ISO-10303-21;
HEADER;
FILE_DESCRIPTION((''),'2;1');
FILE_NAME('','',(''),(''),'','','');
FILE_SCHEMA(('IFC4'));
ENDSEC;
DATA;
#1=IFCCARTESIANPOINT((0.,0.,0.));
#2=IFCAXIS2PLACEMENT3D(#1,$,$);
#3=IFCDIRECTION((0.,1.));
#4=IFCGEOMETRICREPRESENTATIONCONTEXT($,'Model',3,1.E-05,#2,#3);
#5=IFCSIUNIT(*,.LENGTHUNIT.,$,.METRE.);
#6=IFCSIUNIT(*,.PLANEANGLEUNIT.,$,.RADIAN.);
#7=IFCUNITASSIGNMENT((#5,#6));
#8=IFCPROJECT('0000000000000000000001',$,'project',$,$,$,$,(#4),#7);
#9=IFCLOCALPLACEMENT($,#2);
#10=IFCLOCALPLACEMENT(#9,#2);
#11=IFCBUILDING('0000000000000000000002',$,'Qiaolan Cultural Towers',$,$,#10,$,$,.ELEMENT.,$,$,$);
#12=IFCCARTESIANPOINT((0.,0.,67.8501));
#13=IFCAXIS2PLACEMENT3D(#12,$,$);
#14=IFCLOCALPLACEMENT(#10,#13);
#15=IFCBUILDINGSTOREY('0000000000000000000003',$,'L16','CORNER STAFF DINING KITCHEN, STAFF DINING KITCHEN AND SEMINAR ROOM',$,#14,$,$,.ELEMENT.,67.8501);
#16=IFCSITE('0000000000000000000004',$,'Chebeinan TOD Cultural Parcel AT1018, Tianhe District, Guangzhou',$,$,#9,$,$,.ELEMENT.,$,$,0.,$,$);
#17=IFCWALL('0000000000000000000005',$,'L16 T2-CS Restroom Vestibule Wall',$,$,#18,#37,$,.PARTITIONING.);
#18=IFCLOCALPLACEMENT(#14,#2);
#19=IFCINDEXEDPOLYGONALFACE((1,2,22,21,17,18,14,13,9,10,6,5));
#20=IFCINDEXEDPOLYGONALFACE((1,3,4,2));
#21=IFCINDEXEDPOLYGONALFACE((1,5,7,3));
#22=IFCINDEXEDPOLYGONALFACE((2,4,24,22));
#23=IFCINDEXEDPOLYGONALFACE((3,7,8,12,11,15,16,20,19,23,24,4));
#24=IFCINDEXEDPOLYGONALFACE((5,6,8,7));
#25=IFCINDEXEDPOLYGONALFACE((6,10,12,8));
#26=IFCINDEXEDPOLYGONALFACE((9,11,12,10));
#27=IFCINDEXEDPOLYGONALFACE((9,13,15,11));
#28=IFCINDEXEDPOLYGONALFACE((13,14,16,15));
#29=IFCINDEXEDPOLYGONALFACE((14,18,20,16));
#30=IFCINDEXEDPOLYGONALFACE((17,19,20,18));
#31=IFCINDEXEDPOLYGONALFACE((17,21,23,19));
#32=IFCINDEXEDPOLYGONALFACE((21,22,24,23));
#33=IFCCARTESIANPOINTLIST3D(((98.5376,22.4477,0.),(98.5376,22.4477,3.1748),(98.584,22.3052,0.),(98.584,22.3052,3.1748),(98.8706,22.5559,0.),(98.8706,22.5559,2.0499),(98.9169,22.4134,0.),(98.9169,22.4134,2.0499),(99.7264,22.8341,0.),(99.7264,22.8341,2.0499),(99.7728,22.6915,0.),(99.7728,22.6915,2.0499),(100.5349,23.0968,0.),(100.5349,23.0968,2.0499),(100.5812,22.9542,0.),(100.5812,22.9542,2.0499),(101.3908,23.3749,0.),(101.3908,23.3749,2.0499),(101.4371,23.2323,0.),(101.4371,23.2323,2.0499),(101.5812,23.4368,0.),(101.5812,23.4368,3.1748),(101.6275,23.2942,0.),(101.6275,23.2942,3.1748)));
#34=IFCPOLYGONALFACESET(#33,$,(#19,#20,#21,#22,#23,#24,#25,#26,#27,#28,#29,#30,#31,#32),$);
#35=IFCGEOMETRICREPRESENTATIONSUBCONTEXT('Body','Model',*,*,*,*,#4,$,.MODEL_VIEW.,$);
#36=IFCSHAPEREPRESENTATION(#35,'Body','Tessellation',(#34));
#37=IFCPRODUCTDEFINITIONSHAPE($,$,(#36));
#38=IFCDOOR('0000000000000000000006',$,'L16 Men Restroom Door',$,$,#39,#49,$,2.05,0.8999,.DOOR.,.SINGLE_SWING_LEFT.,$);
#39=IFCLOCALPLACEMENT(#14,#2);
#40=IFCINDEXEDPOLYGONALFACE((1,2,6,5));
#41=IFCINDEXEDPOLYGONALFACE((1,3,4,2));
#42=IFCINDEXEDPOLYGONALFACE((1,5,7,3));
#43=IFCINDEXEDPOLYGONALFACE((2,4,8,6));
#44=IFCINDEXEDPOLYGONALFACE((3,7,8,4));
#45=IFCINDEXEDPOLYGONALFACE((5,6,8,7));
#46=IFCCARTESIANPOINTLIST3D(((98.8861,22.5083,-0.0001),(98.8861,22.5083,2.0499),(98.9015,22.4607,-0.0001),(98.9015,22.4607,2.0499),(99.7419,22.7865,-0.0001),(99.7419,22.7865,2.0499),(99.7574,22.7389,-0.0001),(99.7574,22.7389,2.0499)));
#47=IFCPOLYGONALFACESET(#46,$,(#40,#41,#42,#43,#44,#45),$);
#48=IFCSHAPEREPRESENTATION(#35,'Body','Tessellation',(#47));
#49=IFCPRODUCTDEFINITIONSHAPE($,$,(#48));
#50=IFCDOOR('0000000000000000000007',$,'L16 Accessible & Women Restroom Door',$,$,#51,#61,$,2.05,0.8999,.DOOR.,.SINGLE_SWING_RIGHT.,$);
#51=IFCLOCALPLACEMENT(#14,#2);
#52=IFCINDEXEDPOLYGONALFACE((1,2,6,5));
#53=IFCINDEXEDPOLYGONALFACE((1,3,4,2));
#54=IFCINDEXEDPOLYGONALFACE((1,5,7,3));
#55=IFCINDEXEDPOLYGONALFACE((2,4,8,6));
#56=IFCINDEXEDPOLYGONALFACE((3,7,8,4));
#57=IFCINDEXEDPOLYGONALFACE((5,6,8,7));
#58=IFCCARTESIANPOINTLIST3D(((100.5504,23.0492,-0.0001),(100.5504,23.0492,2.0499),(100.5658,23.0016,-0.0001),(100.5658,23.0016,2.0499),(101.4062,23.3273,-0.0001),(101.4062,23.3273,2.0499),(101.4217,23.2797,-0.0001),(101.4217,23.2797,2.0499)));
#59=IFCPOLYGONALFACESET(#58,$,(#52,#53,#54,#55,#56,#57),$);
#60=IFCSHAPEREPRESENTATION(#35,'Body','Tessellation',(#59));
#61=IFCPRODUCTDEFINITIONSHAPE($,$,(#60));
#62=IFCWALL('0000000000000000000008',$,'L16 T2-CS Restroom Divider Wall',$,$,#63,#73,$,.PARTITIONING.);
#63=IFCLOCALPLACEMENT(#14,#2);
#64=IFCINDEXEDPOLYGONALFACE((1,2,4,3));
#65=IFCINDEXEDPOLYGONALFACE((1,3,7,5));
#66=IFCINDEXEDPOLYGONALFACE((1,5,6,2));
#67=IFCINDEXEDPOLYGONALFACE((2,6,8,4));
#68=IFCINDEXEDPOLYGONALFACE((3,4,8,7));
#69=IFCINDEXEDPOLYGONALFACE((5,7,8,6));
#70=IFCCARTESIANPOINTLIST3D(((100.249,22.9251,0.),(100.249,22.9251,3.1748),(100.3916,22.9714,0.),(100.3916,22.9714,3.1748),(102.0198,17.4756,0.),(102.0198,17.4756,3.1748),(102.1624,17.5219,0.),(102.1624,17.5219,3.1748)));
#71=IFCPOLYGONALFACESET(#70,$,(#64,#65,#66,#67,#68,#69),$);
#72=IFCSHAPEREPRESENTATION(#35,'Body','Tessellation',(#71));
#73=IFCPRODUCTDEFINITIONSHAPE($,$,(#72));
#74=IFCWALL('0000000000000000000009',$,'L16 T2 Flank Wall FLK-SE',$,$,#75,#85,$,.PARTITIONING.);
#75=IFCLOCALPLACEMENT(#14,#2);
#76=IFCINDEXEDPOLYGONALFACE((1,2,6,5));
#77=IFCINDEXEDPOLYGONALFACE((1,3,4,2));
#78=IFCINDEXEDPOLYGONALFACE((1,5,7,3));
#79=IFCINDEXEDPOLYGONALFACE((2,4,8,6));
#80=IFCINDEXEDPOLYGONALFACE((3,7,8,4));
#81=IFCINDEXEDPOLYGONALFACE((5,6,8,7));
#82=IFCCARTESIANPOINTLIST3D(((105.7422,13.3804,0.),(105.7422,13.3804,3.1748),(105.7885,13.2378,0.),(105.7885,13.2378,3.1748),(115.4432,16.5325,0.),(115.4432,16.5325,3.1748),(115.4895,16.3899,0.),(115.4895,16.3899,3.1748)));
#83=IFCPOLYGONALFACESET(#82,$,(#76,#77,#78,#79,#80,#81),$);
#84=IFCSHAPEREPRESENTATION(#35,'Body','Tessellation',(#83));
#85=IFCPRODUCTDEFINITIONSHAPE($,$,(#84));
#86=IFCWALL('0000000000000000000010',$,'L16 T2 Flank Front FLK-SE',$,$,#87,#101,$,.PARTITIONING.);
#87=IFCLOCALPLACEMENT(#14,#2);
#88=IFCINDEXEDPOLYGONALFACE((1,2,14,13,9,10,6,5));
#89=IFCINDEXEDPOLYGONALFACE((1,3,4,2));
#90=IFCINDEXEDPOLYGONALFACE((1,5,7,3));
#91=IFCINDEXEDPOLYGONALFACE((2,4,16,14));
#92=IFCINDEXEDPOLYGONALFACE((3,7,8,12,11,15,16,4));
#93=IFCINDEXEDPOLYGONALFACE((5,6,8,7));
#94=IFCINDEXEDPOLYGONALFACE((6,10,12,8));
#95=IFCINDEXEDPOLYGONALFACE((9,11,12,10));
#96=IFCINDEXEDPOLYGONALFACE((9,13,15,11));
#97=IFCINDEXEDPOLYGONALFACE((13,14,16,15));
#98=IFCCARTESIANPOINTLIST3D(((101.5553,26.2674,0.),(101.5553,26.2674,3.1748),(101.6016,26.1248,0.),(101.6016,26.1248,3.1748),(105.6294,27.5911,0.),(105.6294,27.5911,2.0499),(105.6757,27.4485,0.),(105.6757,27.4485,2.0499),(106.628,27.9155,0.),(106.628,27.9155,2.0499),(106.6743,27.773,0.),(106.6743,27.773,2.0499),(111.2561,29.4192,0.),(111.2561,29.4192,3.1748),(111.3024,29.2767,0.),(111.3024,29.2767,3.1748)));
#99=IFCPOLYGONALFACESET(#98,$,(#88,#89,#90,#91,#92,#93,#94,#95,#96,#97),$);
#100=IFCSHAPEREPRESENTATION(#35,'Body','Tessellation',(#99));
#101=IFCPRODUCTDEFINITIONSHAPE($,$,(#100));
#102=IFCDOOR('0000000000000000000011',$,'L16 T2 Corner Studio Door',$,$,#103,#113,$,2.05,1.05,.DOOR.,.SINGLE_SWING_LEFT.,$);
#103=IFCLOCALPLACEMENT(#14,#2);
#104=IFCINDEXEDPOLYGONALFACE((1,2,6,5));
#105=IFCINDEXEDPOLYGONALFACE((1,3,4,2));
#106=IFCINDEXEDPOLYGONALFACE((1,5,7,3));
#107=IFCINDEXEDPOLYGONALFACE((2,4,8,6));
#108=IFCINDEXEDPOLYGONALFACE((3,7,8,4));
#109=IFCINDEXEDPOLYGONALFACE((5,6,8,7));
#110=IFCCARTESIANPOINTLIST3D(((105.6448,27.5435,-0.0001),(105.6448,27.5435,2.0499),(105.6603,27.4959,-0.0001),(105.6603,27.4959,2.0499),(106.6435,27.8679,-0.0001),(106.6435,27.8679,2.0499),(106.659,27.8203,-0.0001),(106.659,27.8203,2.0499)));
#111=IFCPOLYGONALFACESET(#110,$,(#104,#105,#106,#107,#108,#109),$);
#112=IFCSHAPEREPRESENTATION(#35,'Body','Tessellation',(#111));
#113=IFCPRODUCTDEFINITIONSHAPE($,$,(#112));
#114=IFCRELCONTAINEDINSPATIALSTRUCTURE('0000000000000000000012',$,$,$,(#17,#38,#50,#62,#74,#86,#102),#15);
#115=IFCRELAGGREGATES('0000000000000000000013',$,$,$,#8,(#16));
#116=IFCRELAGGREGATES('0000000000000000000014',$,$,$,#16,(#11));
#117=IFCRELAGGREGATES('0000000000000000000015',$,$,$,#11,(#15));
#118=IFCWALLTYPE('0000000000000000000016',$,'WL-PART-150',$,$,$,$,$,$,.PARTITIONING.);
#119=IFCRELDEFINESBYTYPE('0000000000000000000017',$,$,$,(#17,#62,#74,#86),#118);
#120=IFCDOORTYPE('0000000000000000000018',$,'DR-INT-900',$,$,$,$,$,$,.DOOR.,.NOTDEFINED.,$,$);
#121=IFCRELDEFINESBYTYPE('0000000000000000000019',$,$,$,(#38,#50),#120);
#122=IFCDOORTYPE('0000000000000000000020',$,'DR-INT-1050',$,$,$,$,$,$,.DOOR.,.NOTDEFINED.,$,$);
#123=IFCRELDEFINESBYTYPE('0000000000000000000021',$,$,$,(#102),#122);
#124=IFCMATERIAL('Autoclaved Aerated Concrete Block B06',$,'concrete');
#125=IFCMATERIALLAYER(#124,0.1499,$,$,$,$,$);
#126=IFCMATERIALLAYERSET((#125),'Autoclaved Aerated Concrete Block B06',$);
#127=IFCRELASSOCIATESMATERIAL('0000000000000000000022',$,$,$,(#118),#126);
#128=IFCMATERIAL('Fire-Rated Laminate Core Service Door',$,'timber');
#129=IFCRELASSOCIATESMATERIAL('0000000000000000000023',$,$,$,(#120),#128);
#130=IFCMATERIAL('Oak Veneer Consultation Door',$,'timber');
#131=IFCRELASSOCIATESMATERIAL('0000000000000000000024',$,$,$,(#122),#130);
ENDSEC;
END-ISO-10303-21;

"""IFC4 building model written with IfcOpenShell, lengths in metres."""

from ifc_helpers import new_model, si_unit, direction, frame, frame_2d, origin, place, context, subcontext, project, spatial, rectangle, extrude, material, layer, layer_set, type_object, element, fill, save


model = new_model("IFC4")

# Units and contexts
model_context = context("Model", 3, precision=1e-05, world=origin(), true_north=direction((0.0, 1.0)))
body_context = subcontext(model_context, "Body", "Model", "MODEL_VIEW")
ifc_project = project(units=[si_unit("LENGTHUNIT", "METRE"), si_unit("PLANEANGLEUNIT", "RADIAN")], contexts=[model_context])

# Site, building, storey
site_placement = place(None, origin())
site = spatial("IfcSite", under=ifc_project, at=site_placement, Name="Chebeinan TOD Cultural Parcel AT1018, Tianhe District, Guangzhou", CompositionType="ELEMENT", RefElevation=0.0)
building_placement = place(site_placement, origin())
building = spatial("IfcBuilding", under=site, at=building_placement, Name="Qiaolan Cultural Towers", CompositionType="ELEMENT")
storey_placement = place(building_placement, frame((0.0, 0.0, 67.8501)))
storey = spatial("IfcBuildingStorey", under=building, at=storey_placement, Name="L16", Description="CORNER STAFF DINING KITCHEN, STAFF DINING KITCHEN AND SEMINAR ROOM", CompositionType="ELEMENT", Elevation=67.8501)

# Shared definitions
ifc_material_1 = material(Name="Autoclaved Aerated Concrete Block B06", Category="concrete")
ifc_layer_1 = layer(ifc_material_1, 0.1499)
ifc_layer_set_1 = layer_set([ifc_layer_1], Name="Autoclaved Aerated Concrete Block B06")
wall_type_1 = type_object("IfcWallType", Name="WL-PART-150", PredefinedType="PARTITIONING", material=ifc_layer_set_1)

# Wall, openings, doors
wall_1_placement = place(storey_placement, frame((98.5608, 22.3765, 0.0), z_axis=(0.0, 0.0, 1.0), x_axis=(0.951044, 0.309055, 0.0)))
wall_1 = element("IfcWall", 1, at=wall_1_placement, inside=storey, type_object=wall_type_1, Name="L16 T2-CS Restroom Vestibule Wall", PredefinedType="PARTITIONING", context=body_context, shape_type="SweptSolid", body=[
    extrude(rectangle(XDim=3.2002, YDim=0.1499, at=frame_2d((1.6001, 0.0))), origin(), (0.0, 0.0, 1.0), 3.1748),
])
opening_1_placement = place(wall_1_placement, frame((0.3501, 0.0, 0.0)))
opening_1 = element("IfcOpeningElement", 2, at=opening_1_placement, cuts=wall_1, PredefinedType="OPENING", context=body_context, shape_type="SweptSolid", body=[
    extrude(rectangle(XDim=0.8999, YDim=2.05, at=frame_2d((0.45, 1.0249))), frame((0.0, 0.085, 0.0), z_axis=(0.0, -1.0, 0.0), x_axis=(1.0, 0.0, 0.0)), (0.0, 0.0, 1.0), 0.1699),
])
opening_2_placement = place(wall_1_placement, frame((2.1001, 0.0, 0.0)))
opening_2 = element("IfcOpeningElement", 3, at=opening_2_placement, cuts=wall_1, PredefinedType="OPENING", context=body_context, shape_type="SweptSolid", body=[
    extrude(rectangle(XDim=0.8999, YDim=2.05, at=frame_2d((0.45, 1.0249))), frame((0.0, 0.085, 0.0), z_axis=(0.0, -1.0, 0.0), x_axis=(1.0, 0.0, 0.0)), (0.0, 0.0, 1.0), 0.1699),
])
ifc_material_2 = material(Name="Fire-Rated Laminate Core Service Door", Category="timber")
door_type_1 = type_object("IfcDoorType", Name="DR-INT-900", OperationType="NOTDEFINED", PredefinedType="DOOR", material=ifc_material_2)
door_1_placement = place(opening_1_placement, origin())
door_1 = element("IfcDoor", 4, at=door_1_placement, inside=storey, type_object=door_type_1, Name="L16 Men Restroom Door", OperationType="SINGLE_SWING_LEFT", OverallHeight=2.05, OverallWidth=0.8999, PredefinedType="DOOR", context=body_context, shape_type="SweptSolid", body=[
    extrude(rectangle(XDim=0.8999, YDim=2.05, at=frame_2d((0.45, 1.0249))), frame((0.0, 0.0249, 0.0), z_axis=(0.0, -1.0, 0.0), x_axis=(1.0, 0.0, 0.0)), (0.0, 0.0, 1.0), 0.05),
])
fill(opening_1, door_1)
door_2_placement = place(opening_2_placement, origin())
door_2 = element("IfcDoor", 5, at=door_2_placement, inside=storey, type_object=door_type_1, Name="L16 Accessible & Women Restroom Door", OperationType="SINGLE_SWING_RIGHT", OverallHeight=2.05, OverallWidth=0.8999, PredefinedType="DOOR", context=body_context, shape_type="SweptSolid", body=[
    extrude(rectangle(XDim=0.8999, YDim=2.05, at=frame_2d((0.45, 1.0249))), frame((0.0, 0.0249, 0.0), z_axis=(0.0, -1.0, 0.0), x_axis=(1.0, 0.0, 0.0)), (0.0, 0.0, 1.0), 0.05),
])
fill(opening_2, door_2)

# Walls
wall_2_placement = place(storey_placement, frame((100.3203, 22.9482, 0.0), z_axis=(0.0, 0.0, 1.0), x_axis=(0.309035, -0.951051, 0.0)))
element("IfcWall", 6, at=wall_2_placement, inside=storey, type_object=wall_type_1, Name="L16 T2-CS Restroom Divider Wall", PredefinedType="PARTITIONING", context=body_context, shape_type="SweptSolid", body=[
    extrude(rectangle(XDim=5.73, YDim=0.1499, at=frame_2d((2.865, 0.0))), origin(), (0.0, 0.0, 1.0), 3.1748),
])
wall_3_placement = place(storey_placement, frame((105.7654, 13.3091, 0.0), z_axis=(0.0, 0.0, 1.0), x_axis=(0.951054, 0.309024, 0.0)))
element("IfcWall", 7, at=wall_3_placement, inside=storey, type_object=wall_type_1, Name="L16 T2 Flank Wall FLK-SE", PredefinedType="PARTITIONING", context=body_context, shape_type="SweptSolid", body=[
    extrude(rectangle(XDim=10.2002, YDim=0.1499, at=frame_2d((5.1001, 0.0))), origin(), (0.0, 0.0, 1.0), 3.1748),
])

# Wall, opening, door
wall_4_placement = place(storey_placement, frame((101.5784, 26.196, 0.0), z_axis=(0.0, 0.0, 1.0), x_axis=(0.951059, 0.309009, 0.0)))
wall_4 = element("IfcWall", 8, at=wall_4_placement, inside=storey, type_object=wall_type_1, Name="L16 T2 Flank Front FLK-SE", PredefinedType="PARTITIONING", context=body_context, shape_type="SweptSolid", body=[
    extrude(rectangle(XDim=10.2, YDim=0.1499, at=frame_2d((5.1001, 0.0))), origin(), (0.0, 0.0, 1.0), 3.1748),
])
opening_3_placement = place(wall_4_placement, frame((4.2839, 0.0, 0.0)))
opening_3 = element("IfcOpeningElement", 9, at=opening_3_placement, cuts=wall_4, PredefinedType="OPENING", context=body_context, shape_type="SweptSolid", body=[
    extrude(rectangle(XDim=1.05, YDim=2.05, at=frame_2d((0.5249, 1.0249))), frame((0.0, 0.085, 0.0), z_axis=(0.0, -1.0, 0.0), x_axis=(1.0, 0.0, 0.0)), (0.0, 0.0, 1.0), 0.1699),
])
ifc_material_3 = material(Name="Oak Veneer Consultation Door", Category="timber")
door_type_2 = type_object("IfcDoorType", Name="DR-INT-1050", OperationType="NOTDEFINED", PredefinedType="DOOR", material=ifc_material_3)
door_3_placement = place(opening_3_placement, origin())
door_3 = element("IfcDoor", 10, at=door_3_placement, inside=storey, type_object=door_type_2, Name="L16 T2 Corner Studio Door", OperationType="SINGLE_SWING_LEFT", OverallHeight=2.05, OverallWidth=1.05, PredefinedType="DOOR", context=body_context, shape_type="SweptSolid", body=[
    extrude(rectangle(XDim=1.05, YDim=2.05, at=frame_2d((0.5249, 1.0249))), frame((0.0, 0.0249, 0.0), z_axis=(0.0, -1.0, 0.0), x_axis=(1.0, 0.0, 0.0)), (0.0, 0.0, 1.0), 0.05),
])
fill(opening_3, door_3)

save(model, "model.ifc")
